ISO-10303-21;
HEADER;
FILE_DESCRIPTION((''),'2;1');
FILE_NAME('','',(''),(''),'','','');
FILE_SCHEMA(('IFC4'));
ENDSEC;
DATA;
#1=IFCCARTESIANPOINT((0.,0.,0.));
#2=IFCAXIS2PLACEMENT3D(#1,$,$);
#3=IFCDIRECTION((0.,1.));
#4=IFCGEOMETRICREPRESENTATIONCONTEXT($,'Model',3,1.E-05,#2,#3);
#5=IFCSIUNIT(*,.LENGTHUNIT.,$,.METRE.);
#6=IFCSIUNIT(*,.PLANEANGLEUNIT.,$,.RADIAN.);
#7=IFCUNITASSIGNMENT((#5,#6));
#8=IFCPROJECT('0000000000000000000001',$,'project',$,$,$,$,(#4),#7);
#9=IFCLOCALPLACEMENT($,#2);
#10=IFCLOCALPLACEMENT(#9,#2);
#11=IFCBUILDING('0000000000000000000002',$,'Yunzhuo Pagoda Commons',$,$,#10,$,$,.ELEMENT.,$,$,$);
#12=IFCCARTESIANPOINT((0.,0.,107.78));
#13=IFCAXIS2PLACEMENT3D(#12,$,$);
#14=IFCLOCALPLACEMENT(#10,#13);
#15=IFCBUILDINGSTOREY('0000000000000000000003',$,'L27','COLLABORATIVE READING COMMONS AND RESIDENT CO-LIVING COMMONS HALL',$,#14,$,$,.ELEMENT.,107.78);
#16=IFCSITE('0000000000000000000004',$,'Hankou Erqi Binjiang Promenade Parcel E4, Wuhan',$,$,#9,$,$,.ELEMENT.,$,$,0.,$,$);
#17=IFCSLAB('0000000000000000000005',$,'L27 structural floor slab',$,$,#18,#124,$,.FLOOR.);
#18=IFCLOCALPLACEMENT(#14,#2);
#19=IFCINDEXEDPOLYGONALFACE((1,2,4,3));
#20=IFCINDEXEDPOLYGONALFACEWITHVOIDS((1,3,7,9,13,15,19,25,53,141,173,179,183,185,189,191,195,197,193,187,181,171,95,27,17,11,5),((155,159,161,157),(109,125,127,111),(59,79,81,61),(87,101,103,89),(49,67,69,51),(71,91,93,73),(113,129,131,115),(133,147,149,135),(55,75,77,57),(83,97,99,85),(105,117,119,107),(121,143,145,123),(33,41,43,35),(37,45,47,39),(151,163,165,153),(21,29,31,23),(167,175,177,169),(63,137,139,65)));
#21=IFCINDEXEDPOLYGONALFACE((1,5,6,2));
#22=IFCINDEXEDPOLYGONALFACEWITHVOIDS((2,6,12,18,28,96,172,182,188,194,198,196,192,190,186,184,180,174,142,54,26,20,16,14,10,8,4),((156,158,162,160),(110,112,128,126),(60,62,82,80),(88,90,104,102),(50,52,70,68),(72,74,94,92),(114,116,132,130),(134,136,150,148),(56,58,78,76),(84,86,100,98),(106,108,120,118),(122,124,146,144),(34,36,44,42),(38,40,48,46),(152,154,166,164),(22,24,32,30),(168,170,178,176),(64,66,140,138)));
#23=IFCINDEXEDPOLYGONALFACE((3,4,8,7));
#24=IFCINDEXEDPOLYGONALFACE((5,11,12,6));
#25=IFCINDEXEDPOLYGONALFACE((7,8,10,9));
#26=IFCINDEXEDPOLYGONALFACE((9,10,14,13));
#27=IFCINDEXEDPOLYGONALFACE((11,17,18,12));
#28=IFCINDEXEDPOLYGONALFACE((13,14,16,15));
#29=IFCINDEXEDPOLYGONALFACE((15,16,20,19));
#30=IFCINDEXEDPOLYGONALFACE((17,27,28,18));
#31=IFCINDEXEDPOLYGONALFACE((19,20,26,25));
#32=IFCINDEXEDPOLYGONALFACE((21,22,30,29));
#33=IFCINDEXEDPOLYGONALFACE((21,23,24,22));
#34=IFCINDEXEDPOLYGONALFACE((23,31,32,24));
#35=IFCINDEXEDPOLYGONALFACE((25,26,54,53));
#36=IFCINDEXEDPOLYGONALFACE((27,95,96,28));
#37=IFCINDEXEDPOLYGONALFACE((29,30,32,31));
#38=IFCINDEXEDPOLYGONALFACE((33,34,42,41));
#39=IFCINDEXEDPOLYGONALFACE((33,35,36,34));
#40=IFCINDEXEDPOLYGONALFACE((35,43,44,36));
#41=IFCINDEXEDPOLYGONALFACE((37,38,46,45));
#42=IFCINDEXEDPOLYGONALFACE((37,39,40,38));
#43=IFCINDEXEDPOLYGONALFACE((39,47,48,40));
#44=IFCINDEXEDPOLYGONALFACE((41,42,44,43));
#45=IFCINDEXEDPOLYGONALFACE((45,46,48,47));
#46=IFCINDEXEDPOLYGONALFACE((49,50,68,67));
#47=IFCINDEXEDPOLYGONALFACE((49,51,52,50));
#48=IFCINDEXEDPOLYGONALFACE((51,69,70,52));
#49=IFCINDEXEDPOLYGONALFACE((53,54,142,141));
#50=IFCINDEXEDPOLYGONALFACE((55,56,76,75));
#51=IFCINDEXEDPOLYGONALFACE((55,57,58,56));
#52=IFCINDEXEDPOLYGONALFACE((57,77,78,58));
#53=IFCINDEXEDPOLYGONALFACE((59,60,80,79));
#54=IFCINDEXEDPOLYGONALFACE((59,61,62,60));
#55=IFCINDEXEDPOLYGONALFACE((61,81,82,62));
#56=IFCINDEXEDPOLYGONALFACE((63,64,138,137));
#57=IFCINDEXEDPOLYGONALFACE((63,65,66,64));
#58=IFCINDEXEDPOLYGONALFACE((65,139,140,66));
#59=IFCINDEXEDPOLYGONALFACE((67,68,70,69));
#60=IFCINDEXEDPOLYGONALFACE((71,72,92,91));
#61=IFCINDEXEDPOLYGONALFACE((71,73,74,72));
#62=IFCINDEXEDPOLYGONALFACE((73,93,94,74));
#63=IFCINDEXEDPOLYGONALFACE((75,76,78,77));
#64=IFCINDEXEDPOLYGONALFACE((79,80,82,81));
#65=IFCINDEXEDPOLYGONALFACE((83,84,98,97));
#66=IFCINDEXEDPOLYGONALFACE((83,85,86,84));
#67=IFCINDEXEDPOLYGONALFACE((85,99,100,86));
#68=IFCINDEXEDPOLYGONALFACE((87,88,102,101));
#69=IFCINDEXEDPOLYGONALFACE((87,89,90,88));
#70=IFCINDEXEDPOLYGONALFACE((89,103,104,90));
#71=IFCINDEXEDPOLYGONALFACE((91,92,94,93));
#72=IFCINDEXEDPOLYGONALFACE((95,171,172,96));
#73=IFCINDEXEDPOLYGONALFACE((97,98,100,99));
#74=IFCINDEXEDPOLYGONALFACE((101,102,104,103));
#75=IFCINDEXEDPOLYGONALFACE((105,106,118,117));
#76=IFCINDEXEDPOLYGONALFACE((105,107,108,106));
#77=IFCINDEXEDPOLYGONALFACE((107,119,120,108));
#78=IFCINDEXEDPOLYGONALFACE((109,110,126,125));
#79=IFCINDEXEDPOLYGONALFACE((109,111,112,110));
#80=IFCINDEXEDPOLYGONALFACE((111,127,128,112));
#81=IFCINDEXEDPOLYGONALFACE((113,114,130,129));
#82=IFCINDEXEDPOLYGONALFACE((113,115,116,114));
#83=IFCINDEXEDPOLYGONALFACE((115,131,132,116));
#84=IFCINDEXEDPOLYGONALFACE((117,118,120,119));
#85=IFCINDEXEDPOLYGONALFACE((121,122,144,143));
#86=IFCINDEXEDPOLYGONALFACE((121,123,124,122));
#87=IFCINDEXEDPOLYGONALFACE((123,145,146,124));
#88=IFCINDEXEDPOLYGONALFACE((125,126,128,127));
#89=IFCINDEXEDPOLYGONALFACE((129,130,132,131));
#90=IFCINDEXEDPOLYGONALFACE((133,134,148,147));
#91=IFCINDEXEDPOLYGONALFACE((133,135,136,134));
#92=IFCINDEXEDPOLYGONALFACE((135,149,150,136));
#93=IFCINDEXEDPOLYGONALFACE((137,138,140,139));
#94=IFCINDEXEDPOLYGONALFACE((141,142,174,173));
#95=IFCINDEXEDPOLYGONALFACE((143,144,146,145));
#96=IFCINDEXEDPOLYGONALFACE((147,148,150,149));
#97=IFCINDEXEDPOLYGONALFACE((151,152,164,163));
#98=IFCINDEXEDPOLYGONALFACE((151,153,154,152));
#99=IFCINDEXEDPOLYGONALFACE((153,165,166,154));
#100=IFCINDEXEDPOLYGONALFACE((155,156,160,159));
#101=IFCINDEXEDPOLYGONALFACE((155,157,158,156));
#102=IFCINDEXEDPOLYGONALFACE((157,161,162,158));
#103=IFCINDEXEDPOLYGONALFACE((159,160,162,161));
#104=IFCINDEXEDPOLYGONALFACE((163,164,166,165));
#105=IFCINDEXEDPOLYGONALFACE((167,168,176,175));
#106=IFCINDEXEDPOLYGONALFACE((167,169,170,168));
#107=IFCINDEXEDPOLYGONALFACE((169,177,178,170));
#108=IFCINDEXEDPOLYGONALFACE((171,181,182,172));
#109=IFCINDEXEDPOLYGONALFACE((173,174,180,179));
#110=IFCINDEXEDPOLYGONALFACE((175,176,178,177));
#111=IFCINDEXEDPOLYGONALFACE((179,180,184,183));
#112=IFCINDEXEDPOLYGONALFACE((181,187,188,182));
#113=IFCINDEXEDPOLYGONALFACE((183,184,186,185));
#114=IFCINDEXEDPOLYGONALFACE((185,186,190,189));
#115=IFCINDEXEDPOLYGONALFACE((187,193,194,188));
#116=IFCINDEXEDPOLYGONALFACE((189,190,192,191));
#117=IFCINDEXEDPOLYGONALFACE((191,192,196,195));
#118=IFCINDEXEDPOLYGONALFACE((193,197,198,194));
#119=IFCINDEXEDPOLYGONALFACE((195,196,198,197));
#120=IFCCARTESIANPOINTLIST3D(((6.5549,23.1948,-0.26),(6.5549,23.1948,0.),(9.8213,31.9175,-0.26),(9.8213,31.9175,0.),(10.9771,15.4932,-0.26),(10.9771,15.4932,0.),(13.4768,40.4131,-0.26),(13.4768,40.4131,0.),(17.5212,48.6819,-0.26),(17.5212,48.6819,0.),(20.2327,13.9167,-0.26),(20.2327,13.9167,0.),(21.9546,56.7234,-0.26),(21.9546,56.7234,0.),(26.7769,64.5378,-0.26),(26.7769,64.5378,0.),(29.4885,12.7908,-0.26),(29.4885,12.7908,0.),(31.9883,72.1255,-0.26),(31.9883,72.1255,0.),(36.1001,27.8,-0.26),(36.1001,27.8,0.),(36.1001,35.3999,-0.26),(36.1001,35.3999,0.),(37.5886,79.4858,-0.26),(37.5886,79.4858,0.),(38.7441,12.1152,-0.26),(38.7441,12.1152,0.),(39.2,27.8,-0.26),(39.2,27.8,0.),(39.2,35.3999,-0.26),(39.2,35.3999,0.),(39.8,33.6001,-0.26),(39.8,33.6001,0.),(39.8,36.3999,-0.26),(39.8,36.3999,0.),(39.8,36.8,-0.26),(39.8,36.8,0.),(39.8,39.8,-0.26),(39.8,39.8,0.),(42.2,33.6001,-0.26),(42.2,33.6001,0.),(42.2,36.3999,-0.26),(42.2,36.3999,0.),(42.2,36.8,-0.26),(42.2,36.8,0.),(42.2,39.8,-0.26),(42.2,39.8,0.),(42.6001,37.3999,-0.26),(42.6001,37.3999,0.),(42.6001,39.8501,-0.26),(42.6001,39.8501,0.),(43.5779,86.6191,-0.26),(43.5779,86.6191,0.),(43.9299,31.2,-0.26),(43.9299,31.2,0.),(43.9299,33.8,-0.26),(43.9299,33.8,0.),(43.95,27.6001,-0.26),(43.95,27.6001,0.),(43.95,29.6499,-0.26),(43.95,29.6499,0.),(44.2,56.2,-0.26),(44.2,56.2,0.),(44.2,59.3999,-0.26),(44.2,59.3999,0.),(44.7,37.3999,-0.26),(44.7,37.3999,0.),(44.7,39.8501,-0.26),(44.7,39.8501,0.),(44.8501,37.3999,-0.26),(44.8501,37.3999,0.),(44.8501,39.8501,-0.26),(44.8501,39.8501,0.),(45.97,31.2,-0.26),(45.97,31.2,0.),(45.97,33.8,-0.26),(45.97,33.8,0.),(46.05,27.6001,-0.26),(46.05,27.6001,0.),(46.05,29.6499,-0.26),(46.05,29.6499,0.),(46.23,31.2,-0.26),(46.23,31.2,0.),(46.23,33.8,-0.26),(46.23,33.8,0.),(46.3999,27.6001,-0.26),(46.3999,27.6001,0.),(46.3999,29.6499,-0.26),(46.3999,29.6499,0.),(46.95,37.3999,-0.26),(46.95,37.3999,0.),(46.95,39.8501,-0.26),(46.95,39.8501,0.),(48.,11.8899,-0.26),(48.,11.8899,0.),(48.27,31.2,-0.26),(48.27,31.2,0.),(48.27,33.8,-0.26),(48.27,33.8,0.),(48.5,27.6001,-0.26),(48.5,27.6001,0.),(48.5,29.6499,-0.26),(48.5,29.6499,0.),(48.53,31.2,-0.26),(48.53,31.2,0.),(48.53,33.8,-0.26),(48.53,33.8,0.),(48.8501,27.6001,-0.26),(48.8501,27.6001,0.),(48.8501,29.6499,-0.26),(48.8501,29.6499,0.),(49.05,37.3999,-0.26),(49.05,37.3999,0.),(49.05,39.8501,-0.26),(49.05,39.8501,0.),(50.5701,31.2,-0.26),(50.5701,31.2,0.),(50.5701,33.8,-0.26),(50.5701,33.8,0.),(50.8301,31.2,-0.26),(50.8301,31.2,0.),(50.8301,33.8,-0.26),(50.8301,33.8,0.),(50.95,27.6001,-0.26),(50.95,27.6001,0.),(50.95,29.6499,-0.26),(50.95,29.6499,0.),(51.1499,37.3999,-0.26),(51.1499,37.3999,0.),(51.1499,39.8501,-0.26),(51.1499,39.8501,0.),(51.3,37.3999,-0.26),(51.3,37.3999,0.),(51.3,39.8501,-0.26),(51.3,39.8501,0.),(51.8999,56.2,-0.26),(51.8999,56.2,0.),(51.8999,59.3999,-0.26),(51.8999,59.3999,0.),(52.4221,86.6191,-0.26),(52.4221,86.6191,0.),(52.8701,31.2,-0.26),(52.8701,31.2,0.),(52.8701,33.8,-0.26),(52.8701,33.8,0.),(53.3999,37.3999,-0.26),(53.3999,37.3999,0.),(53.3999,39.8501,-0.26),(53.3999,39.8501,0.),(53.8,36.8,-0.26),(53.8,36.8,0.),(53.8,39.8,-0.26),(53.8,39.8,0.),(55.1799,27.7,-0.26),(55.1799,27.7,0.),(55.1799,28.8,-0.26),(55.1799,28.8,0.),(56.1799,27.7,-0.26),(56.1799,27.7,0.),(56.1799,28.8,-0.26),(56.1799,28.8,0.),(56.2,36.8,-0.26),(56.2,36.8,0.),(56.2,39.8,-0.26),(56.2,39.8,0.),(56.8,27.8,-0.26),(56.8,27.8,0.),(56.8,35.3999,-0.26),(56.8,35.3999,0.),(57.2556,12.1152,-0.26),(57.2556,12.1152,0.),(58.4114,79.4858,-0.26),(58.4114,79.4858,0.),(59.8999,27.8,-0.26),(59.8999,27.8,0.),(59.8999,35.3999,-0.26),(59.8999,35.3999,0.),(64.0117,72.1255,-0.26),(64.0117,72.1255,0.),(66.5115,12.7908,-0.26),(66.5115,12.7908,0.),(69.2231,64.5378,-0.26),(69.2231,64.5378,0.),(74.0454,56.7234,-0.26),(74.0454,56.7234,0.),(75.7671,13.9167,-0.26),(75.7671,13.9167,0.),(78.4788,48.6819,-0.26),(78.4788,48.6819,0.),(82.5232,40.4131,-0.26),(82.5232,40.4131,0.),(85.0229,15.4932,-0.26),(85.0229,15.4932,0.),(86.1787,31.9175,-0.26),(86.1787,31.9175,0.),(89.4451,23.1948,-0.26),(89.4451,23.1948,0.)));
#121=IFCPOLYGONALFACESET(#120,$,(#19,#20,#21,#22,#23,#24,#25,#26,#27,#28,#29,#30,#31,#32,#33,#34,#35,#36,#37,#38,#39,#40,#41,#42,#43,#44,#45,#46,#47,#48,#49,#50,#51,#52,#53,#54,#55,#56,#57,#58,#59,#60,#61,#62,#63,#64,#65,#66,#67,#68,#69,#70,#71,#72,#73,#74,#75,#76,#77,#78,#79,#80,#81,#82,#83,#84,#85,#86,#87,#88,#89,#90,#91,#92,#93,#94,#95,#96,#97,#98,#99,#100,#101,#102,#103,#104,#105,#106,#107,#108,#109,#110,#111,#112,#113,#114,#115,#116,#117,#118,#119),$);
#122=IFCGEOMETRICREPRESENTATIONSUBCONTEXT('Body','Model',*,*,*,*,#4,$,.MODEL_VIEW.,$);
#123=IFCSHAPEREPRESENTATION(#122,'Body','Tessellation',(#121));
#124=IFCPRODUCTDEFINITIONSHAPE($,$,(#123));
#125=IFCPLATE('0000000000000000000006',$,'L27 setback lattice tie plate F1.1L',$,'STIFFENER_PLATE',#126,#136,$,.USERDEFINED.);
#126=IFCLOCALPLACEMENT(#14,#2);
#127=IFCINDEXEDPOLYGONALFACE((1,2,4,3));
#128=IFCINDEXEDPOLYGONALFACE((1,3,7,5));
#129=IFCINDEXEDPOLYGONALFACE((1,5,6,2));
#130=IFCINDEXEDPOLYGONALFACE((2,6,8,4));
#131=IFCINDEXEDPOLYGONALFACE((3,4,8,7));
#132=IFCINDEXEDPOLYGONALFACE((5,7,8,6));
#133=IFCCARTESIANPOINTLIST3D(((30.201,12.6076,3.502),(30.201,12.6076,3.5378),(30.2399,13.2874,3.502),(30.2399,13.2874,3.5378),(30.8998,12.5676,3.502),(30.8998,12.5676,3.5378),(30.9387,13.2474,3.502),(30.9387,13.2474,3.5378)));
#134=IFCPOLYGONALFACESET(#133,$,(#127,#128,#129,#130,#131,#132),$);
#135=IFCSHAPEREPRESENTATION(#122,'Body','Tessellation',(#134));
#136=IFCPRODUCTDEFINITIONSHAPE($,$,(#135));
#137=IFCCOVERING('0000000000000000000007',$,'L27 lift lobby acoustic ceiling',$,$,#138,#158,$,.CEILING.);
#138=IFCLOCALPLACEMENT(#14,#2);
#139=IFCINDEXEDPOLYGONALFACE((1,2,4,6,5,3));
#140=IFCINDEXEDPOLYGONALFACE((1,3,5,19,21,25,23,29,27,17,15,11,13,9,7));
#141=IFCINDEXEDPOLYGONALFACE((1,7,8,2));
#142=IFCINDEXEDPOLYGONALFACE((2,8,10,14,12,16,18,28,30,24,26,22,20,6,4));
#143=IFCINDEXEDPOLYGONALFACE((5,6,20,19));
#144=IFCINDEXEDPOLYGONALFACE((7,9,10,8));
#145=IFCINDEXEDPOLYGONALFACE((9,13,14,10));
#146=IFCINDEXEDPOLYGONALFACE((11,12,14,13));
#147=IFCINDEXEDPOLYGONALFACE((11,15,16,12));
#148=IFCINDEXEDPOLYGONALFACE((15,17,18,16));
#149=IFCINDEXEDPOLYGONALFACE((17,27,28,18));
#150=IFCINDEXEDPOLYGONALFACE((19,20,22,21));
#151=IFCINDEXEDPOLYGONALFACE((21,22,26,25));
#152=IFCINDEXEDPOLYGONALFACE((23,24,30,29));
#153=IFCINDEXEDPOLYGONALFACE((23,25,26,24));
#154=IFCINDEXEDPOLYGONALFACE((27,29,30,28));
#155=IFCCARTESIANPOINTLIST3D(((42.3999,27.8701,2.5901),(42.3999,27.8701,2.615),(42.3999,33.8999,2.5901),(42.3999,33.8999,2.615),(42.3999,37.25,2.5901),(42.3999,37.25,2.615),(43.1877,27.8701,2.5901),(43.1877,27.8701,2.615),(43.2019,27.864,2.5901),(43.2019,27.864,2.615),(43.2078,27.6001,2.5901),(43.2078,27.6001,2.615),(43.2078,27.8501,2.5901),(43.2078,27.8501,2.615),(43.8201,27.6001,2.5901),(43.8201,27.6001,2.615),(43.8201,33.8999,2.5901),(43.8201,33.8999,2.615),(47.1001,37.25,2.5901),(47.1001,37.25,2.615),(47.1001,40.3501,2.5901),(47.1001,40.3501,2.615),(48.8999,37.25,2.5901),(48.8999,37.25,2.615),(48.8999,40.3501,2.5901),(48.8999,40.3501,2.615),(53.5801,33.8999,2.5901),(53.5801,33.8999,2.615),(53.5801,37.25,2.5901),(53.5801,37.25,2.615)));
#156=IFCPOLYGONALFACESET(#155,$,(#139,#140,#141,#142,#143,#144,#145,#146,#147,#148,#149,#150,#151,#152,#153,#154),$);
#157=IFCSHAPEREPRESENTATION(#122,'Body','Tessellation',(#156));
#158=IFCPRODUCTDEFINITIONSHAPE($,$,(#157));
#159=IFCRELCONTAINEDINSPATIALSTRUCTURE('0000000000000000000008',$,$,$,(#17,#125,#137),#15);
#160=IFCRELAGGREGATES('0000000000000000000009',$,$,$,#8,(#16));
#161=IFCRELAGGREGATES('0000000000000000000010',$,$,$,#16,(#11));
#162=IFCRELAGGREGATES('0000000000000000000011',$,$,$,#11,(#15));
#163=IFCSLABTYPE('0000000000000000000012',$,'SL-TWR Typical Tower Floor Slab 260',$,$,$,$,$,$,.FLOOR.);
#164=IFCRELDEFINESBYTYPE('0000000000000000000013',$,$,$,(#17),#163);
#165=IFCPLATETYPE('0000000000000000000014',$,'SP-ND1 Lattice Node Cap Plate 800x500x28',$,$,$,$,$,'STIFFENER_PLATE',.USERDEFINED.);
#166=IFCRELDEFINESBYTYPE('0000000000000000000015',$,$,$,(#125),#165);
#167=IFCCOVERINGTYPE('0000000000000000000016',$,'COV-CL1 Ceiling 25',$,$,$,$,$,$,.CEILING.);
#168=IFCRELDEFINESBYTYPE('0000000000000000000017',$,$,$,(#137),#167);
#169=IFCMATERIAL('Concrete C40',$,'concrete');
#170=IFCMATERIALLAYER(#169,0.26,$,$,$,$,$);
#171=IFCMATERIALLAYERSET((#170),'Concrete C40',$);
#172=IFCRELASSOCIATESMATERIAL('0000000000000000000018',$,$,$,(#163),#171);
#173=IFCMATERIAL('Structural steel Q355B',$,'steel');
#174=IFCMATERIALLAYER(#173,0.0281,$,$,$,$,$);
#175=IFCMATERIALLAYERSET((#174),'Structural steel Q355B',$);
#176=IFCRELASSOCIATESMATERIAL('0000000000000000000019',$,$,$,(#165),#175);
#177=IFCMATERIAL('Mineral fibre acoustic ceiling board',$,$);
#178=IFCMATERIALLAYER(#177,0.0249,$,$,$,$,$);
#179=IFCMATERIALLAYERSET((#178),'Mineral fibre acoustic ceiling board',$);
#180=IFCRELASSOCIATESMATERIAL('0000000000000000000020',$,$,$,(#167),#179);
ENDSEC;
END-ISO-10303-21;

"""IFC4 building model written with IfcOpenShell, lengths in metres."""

from ifc_helpers import new_model, si_unit, direction, frame, origin, origin_2d, place, context, subcontext, project, spatial, polyline, rectangle, outline, extrude, source, transform, mapped, material, layer, layer_set, type_object, element, save


model = new_model("IFC4")

# Units and contexts
model_context = context("Model", 3, precision=1e-05, world=origin(), true_north=direction((0.0, 1.0)))
body_context = subcontext(model_context, "Body", "Model", "MODEL_VIEW")
ifc_project = project(units=[si_unit("LENGTHUNIT", "METRE"), si_unit("PLANEANGLEUNIT", "RADIAN")], contexts=[model_context])

# Site, building, storey
site_placement = place(None, origin())
site = spatial("IfcSite", under=ifc_project, at=site_placement, Name="Hankou Erqi Binjiang Promenade Parcel E4, Wuhan", CompositionType="ELEMENT", RefElevation=0.0)
building_placement = place(site_placement, origin())
building = spatial("IfcBuilding", under=site, at=building_placement, Name="Yunzhuo Pagoda Commons", CompositionType="ELEMENT")
storey_placement = place(building_placement, frame((0.0, 0.0, 107.78)))
storey = spatial("IfcBuildingStorey", under=building, at=storey_placement, Name="L27", Description="COLLABORATIVE READING COMMONS AND RESIDENT CO-LIVING COMMONS HALL", CompositionType="ELEMENT", Elevation=107.78)

# Shared definitions
ifc_material_1 = material(Name="Structural steel Q355B", Category="steel")

# Shared definitions
ifc_material_2 = material(Name="Concrete C40", Category="concrete")

# Slab
ifc_layer_1 = layer(ifc_material_2, 0.26)
ifc_layer_set_1 = layer_set([ifc_layer_1], Name="Concrete C40")
slab_type_1 = type_object("IfcSlabType", Name="SL-TWR Typical Tower Floor Slab 260", PredefinedType="FLOOR", material=ifc_layer_set_1)
slab_1_placement = place(storey_placement, frame((0.0, 0.0, -0.26)))
element("IfcSlab", 1, at=slab_1_placement, inside=storey, type_object=slab_type_1, Name="L27 structural floor slab", PredefinedType="FLOOR", context=body_context, shape_type="SweptSolid", body=[
    extrude(outline(polyline([(9.8213, 31.9175), (13.4768, 40.4131), (17.5212, 48.6819), (21.9546, 56.7234), (26.7769, 64.5378), (31.9883, 72.1255), (37.5886, 79.4858), (43.5779, 86.6191), (52.4221, 86.6191), (58.4114, 79.4858), (64.0117, 72.1255), (69.2231, 64.5378), (74.0454, 56.7234), (78.4788, 48.6819), (82.5232, 40.4131), (86.1787, 31.9175), (89.4451, 23.1948), (85.0229, 15.4932), (75.7671, 13.9167), (66.5115, 12.7908), (57.2556, 12.1152), (48.0, 11.8899), (38.7441, 12.1152), (29.4885, 12.7908), (20.2327, 13.9167), (10.9771, 15.4932), (6.5549, 23.1948), (9.8213, 31.9175)]), holes=[polyline([(46.05, 27.6001), (46.05, 29.6499), (43.95, 29.6499), (43.95, 27.6001), (46.05, 27.6001)]), polyline([(48.5, 27.6001), (48.5, 29.6499), (46.3999, 29.6499), (46.3999, 27.6001), (48.5, 27.6001)]), polyline([(36.1001, 27.8), (39.2, 27.8), (39.2, 35.3999), (36.1001, 35.3999), (36.1001, 27.8)]), polyline([(45.97, 31.2), (45.97, 33.8), (43.9299, 33.8), (43.9299, 31.2), (45.97, 31.2)]), polyline([(48.27, 31.2), (48.27, 33.8), (46.23, 33.8), (46.23, 31.2), (48.27, 31.2)]), polyline([(42.2, 33.6001), (42.2, 36.3999), (39.8, 36.3999), (39.8, 33.6001), (42.2, 33.6001)]), polyline([(42.2, 36.8), (42.2, 39.8), (39.8, 39.8), (39.8, 36.8), (42.2, 36.8)]), polyline([(42.6001, 37.3999), (44.7, 37.3999), (44.7, 39.8501), (42.6001, 39.8501), (42.6001, 37.3999)]), polyline([(44.8501, 37.3999), (46.95, 37.3999), (46.95, 39.8501), (44.8501, 39.8501), (44.8501, 37.3999)]), polyline([(56.1799, 27.7), (56.1799, 28.8), (55.1799, 28.8), (55.1799, 27.7), (56.1799, 27.7)]), polyline([(50.95, 27.6001), (50.95, 29.6499), (48.8501, 29.6499), (48.8501, 27.6001), (50.95, 27.6001)]), polyline([(56.8, 27.8), (59.8999, 27.8), (59.8999, 35.3999), (56.8, 35.3999), (56.8, 27.8)]), polyline([(50.5701, 31.2), (50.5701, 33.8), (48.53, 33.8), (48.53, 31.2), (50.5701, 31.2)]), polyline([(52.8701, 31.2), (52.8701, 33.8), (50.8301, 33.8), (50.8301, 31.2), (52.8701, 31.2)]), polyline([(56.2, 36.8), (56.2, 39.8), (53.8, 39.8), (53.8, 36.8), (56.2, 36.8)]), polyline([(51.1499, 37.3999), (51.1499, 39.8501), (49.05, 39.8501), (49.05, 37.3999), (51.1499, 37.3999)]), polyline([(51.3, 37.3999), (53.3999, 37.3999), (53.3999, 39.8501), (51.3, 39.8501), (51.3, 37.3999)]), polyline([(44.2, 56.2), (51.8999, 56.2), (51.8999, 59.3999), (44.2, 59.3999), (44.2, 56.2)])]), origin(), (0.0, 0.0, 1.0), 0.26),
])

# Plate
ifc_layer_2 = layer(ifc_material_1, 0.0281)
ifc_layer_set_2 = layer_set([ifc_layer_2], Name="Structural steel Q355B")
plate_type_1 = type_object("IfcPlateType", Name="SP-ND1 Lattice Node Cap Plate 800x500x28", ElementType="STIFFENER_PLATE", PredefinedType="USERDEFINED", material=ifc_layer_set_2)
shared_shape_1 = source(origin(), body_context, "Body", "SweptSolid", [
    extrude(rectangle(XDim=0.7, YDim=0.6809, at=origin_2d()), origin(), (0.0, 0.0, 1.0), 0.0359),
])
plate_1_placement = place(storey_placement, frame((30.5698, 12.9275, 3.502), z_axis=(0.0, 0.0, 1.0), x_axis=(0.998366, -0.057146, 0.0)))
element("IfcPlate", 2, at=plate_1_placement, inside=storey, type_object=plate_type_1, Name="L27 setback lattice tie plate F1.1L", ObjectType="STIFFENER_PLATE", PredefinedType="USERDEFINED", context=body_context, shape_type="MappedRepresentation", body=[
    mapped(shared_shape_1, transform((0.0, 0.0, 0.0), scale=1.0)),
])

# Covering
ifc_material_3 = material(Name="Mineral fibre acoustic ceiling board")
ifc_layer_3 = layer(ifc_material_3, 0.0249)
ifc_layer_set_3 = layer_set([ifc_layer_3], Name="Mineral fibre acoustic ceiling board")
covering_type_1 = type_object("IfcCoveringType", Name="COV-CL1 Ceiling 25", PredefinedType="CEILING", material=ifc_layer_set_3)
covering_1_placement = place(storey_placement, frame((0.0, 0.0, 2.5901)))
element("IfcCovering", 3, at=covering_1_placement, inside=storey, type_object=covering_type_1, Name="L27 lift lobby acoustic ceiling", PredefinedType="CEILING", context=body_context, shape_type="SweptSolid", body=[
    extrude(outline(polyline([(43.2078, 27.8501), (43.2019, 27.864), (43.1877, 27.8701), (42.3999, 27.8701), (42.3999, 33.8999), (42.3999, 37.25), (47.1001, 37.25), (47.1001, 40.3501), (48.8999, 40.3501), (48.8999, 37.25), (53.5801, 37.25), (53.5801, 33.8999), (43.8201, 33.8999), (43.8201, 27.6001), (43.2078, 27.6001), (43.2078, 27.8501)])), origin(), (0.0, 0.0, 1.0), 0.0249),
])

save(model, "model.ifc")
